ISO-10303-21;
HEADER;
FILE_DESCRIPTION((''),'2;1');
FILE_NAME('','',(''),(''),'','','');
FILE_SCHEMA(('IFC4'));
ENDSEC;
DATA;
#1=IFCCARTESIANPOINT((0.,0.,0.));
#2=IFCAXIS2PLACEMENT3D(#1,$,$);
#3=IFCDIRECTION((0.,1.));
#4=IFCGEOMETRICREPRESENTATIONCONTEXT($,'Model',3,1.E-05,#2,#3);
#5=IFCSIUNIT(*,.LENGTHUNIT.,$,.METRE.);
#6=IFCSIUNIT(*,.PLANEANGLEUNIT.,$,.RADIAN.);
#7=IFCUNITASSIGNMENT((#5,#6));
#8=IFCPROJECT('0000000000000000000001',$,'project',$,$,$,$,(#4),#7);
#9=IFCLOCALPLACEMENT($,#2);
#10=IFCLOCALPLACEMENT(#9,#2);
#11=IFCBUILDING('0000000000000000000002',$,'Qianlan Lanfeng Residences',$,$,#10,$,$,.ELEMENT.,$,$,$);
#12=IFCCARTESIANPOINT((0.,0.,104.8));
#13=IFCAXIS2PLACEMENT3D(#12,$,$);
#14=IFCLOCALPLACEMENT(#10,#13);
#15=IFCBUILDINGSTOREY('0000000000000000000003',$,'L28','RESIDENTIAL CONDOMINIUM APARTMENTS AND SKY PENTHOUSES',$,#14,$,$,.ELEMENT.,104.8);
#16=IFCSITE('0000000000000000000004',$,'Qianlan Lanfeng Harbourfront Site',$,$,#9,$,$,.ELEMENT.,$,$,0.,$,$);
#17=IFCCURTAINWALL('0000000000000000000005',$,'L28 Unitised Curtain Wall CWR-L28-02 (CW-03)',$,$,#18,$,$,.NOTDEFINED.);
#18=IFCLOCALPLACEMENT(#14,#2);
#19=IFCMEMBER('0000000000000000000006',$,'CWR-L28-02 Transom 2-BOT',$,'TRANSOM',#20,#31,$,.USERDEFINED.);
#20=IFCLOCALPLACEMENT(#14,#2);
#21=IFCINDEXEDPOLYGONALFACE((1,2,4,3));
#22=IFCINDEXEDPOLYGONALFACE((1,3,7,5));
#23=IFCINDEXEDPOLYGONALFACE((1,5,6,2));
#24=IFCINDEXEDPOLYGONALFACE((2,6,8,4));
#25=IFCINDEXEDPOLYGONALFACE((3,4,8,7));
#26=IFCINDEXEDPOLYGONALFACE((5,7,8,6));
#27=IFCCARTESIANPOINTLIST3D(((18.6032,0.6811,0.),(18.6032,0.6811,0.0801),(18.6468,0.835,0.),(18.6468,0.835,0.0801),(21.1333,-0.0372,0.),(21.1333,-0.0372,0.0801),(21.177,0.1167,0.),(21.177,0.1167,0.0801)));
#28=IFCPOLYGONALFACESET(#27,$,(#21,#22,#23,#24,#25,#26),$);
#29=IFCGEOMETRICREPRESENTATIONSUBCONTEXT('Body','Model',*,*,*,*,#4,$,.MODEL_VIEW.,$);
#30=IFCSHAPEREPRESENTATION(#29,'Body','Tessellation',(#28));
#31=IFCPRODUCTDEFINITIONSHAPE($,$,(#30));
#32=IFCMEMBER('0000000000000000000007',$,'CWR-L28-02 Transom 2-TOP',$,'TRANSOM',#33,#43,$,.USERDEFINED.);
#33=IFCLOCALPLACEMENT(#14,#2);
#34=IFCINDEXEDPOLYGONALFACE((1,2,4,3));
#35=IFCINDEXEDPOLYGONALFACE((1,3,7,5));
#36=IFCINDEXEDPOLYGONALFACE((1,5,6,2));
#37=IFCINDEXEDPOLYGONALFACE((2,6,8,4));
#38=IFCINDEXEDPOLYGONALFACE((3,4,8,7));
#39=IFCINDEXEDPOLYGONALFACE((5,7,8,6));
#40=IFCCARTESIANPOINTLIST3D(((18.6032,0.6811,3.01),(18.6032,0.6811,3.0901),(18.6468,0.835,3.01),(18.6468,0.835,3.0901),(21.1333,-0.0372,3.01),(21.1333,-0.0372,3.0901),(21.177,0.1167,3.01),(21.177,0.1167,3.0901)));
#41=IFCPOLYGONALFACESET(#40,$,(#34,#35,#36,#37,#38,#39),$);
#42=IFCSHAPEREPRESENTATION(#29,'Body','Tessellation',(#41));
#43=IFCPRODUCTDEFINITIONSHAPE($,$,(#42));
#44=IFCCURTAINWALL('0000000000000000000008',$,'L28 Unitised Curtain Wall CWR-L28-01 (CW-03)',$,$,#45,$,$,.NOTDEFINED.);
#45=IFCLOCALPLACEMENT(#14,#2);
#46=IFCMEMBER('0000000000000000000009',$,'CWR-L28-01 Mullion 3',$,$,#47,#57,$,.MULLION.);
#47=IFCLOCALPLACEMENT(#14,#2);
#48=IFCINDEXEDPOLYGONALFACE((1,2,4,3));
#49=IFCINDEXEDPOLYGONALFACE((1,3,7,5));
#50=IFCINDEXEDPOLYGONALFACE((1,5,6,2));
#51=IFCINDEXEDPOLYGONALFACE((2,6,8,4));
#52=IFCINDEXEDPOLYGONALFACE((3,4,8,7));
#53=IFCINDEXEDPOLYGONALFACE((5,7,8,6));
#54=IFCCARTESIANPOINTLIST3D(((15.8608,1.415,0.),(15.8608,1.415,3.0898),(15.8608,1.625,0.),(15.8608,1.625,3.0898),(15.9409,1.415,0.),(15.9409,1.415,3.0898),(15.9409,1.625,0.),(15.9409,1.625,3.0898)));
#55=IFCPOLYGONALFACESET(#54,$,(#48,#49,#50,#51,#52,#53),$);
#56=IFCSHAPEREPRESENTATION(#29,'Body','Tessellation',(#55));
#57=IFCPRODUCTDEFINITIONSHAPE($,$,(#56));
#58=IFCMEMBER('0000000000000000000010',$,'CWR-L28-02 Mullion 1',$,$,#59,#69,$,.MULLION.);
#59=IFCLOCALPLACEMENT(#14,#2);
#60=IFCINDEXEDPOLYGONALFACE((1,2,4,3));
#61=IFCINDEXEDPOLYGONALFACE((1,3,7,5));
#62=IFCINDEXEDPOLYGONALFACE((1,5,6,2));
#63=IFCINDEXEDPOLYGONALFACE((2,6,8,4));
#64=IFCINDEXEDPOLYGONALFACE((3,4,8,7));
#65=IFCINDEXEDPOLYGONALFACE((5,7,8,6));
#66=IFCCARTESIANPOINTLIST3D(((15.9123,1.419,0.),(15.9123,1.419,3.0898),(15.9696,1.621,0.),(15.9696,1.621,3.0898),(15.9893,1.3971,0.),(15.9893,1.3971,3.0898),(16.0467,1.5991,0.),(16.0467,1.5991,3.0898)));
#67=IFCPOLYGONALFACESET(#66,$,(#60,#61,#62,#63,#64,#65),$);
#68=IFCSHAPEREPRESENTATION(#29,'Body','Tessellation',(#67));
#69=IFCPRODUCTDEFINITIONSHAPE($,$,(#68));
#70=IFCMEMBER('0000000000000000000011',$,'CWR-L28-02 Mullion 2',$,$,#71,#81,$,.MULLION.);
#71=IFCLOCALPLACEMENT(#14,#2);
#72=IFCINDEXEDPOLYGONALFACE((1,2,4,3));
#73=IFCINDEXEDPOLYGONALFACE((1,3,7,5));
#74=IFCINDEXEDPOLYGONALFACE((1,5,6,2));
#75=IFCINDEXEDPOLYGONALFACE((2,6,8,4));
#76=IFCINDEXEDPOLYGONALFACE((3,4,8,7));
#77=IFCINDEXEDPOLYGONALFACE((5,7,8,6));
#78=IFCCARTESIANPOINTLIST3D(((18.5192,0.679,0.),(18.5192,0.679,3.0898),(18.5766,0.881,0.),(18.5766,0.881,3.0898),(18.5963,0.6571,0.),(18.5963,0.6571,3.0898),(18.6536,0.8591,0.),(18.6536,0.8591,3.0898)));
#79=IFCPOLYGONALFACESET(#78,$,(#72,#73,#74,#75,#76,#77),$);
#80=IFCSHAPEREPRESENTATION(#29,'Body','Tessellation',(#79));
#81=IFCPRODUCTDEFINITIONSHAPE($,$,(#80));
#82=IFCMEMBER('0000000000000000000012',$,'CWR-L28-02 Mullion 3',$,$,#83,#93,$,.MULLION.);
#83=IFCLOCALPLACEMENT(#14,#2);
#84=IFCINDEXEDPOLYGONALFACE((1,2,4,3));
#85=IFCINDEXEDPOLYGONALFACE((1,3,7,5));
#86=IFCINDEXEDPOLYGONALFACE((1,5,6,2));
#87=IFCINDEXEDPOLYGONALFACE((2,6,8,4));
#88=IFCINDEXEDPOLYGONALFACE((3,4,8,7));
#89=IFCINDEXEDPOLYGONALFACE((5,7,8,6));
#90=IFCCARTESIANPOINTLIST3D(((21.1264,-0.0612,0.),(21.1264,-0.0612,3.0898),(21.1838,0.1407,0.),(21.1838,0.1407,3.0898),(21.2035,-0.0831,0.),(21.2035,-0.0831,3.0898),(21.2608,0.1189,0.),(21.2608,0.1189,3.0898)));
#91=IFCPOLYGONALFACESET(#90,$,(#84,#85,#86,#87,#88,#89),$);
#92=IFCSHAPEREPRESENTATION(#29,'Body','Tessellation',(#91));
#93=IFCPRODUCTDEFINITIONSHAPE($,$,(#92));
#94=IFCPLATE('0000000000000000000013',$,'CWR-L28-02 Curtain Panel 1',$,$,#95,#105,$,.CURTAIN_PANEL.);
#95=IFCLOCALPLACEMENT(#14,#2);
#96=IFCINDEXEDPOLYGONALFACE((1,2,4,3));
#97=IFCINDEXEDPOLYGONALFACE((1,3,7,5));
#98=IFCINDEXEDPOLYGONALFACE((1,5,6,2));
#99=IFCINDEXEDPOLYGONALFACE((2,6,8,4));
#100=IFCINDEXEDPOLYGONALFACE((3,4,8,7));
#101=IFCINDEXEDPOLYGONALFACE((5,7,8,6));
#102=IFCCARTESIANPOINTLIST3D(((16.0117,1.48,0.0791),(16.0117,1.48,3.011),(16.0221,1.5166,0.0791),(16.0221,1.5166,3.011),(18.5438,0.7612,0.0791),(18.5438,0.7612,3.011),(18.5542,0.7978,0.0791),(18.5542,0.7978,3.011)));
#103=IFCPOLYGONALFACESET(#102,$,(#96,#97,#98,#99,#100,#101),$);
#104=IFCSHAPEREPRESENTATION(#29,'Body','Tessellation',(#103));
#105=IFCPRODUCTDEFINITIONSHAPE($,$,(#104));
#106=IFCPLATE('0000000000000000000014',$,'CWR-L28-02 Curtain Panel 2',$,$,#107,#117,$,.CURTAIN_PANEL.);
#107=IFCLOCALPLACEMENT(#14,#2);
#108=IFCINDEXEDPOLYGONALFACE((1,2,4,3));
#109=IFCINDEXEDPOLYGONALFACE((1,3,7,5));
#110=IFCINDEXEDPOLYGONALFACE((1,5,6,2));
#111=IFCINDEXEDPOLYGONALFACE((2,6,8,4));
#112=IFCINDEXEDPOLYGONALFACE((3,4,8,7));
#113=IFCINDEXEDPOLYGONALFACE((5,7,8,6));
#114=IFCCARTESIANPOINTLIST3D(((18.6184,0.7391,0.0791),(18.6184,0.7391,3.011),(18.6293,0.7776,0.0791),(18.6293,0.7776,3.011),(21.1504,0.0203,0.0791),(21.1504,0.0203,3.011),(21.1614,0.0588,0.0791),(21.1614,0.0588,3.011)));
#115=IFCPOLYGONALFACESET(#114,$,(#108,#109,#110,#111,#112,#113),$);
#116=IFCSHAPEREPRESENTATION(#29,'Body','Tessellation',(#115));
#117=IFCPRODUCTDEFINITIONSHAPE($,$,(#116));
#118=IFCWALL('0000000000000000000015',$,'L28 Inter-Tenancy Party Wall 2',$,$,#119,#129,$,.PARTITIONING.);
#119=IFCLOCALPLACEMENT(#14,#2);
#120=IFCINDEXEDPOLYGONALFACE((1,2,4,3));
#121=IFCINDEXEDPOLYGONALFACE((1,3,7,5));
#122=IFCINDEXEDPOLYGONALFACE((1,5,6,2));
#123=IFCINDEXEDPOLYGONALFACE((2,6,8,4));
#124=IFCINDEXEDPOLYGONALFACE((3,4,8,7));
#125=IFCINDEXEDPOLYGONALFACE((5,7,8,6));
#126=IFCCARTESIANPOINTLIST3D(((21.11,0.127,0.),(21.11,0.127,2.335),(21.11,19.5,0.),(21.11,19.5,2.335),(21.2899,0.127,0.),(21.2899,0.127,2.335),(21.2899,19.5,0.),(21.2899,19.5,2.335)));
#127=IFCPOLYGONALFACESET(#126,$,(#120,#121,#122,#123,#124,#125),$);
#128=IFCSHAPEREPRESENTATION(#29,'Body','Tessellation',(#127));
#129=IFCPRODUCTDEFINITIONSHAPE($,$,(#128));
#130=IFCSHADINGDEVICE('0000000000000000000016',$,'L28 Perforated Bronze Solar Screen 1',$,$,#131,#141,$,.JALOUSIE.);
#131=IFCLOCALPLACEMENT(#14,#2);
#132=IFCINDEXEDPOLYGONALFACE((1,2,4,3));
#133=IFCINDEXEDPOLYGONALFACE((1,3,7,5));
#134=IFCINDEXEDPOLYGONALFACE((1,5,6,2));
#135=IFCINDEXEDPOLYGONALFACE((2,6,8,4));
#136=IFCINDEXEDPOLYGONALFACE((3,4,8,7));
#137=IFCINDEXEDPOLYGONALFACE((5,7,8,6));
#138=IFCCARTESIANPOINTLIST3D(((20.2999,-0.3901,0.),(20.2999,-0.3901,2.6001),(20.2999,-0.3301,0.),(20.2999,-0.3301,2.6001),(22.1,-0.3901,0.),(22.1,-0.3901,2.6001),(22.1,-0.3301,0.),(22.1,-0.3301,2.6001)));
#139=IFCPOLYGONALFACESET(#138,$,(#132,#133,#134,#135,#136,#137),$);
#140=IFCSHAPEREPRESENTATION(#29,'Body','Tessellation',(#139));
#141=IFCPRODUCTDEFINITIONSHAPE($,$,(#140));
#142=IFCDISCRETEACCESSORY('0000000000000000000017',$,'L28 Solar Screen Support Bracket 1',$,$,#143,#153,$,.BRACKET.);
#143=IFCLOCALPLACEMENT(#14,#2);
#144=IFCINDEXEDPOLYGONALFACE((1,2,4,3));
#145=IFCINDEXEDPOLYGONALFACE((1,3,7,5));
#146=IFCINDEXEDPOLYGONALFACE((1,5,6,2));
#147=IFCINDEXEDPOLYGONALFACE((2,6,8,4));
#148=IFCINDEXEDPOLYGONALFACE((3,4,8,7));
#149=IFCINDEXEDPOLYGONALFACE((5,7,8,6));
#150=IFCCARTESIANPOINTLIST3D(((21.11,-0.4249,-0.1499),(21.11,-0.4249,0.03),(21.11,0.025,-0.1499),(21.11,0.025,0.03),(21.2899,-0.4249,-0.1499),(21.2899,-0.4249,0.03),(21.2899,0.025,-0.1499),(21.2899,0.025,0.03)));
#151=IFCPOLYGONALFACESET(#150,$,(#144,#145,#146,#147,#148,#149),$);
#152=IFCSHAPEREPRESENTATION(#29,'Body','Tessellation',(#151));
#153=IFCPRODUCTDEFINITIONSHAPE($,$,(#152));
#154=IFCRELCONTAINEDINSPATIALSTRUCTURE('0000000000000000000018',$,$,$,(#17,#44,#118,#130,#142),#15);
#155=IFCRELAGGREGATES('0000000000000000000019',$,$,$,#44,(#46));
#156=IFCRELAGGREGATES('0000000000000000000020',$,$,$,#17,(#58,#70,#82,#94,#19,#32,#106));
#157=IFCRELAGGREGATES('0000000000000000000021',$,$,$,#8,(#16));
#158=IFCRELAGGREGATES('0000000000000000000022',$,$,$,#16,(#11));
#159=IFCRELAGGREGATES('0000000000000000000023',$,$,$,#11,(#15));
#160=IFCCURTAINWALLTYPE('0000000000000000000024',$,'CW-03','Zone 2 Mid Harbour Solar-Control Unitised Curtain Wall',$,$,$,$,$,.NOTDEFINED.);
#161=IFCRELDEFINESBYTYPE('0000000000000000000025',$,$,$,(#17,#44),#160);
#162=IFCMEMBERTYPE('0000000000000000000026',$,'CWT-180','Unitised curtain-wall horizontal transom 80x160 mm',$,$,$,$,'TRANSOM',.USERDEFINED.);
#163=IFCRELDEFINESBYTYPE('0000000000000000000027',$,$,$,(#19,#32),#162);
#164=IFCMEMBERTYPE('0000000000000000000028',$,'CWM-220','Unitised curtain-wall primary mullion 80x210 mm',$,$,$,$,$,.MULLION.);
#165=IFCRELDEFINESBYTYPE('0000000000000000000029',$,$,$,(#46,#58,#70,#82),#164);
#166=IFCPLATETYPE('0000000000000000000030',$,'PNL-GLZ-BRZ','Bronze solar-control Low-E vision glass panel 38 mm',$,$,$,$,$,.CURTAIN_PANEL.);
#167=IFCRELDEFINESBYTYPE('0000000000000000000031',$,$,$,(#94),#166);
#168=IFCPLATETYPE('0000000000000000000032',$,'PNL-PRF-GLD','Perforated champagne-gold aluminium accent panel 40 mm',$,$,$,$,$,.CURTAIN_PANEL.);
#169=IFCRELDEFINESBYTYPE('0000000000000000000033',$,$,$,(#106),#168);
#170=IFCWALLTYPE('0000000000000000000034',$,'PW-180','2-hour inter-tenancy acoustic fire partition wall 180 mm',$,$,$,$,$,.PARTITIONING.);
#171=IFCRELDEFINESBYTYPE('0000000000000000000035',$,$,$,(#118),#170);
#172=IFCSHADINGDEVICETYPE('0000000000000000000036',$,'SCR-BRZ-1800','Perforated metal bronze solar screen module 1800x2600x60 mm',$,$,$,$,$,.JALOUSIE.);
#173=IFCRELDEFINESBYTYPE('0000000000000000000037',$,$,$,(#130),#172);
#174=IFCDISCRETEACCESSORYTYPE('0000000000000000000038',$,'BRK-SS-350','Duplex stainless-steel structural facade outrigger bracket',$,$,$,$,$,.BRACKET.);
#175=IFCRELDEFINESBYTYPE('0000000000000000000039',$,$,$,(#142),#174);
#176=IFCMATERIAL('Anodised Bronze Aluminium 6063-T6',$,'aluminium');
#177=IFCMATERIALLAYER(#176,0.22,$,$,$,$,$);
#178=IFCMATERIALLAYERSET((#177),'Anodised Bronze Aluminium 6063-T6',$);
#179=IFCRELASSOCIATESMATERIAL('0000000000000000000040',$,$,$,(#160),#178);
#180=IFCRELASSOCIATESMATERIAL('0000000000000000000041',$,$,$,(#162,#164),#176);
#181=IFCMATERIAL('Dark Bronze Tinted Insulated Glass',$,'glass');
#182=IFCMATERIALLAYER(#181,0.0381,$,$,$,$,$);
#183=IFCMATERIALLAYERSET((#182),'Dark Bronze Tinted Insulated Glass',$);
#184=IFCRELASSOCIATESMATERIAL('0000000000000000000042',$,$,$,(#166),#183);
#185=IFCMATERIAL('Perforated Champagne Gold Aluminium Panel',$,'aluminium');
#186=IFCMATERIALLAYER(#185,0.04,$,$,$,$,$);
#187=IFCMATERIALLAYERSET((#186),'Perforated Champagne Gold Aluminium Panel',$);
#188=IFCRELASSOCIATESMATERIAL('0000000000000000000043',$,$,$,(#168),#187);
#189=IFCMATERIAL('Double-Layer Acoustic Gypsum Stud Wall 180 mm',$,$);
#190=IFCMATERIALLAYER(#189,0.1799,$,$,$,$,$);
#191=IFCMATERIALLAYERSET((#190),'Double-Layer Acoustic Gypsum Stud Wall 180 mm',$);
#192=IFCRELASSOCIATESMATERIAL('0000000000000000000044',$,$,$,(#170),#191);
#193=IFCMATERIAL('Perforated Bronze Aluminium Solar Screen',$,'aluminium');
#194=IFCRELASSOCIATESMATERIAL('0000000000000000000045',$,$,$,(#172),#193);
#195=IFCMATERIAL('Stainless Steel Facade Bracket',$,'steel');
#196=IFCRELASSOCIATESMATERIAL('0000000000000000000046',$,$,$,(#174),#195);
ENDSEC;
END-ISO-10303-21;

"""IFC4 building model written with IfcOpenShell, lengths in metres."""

from ifc_helpers import new_model, si_unit, direction, frame, frame_2d, origin, origin_2d, place, context, subcontext, project, spatial, rectangle, extrude, source, transform, mapped, material, layer, layer_set, material_profile, profile_set, type_object, element, aggregate, save


model = new_model("IFC4")

# Units and contexts
model_context = context("Model", 3, precision=1e-05, world=origin(), true_north=direction((0.0, 1.0)))
body_context = subcontext(model_context, "Body", "Model", "MODEL_VIEW")
ifc_project = project(units=[si_unit("LENGTHUNIT", "METRE"), si_unit("PLANEANGLEUNIT", "RADIAN")], contexts=[model_context])

# Site, building, storey
site_placement = place(None, origin())
site = spatial("IfcSite", under=ifc_project, at=site_placement, Name="Qianlan Lanfeng Harbourfront Site", CompositionType="ELEMENT", RefElevation=0.0)
building_placement = place(site_placement, origin())
building = spatial("IfcBuilding", under=site, at=building_placement, Name="Qianlan Lanfeng Residences", CompositionType="ELEMENT")
storey_placement = place(building_placement, frame((0.0, 0.0, 104.8)))
storey = spatial("IfcBuildingStorey", under=building, at=storey_placement, Name="L28", Description="RESIDENTIAL CONDOMINIUM APARTMENTS AND SKY PENTHOUSES", CompositionType="ELEMENT", Elevation=104.8)

# Curtain wall, members
ifc_material_1 = material(Name="Anodised Bronze Aluminium 6063-T6", Category="aluminium")
ifc_layer_1 = layer(ifc_material_1, 0.22)
ifc_layer_set_1 = layer_set([ifc_layer_1], Name="Anodised Bronze Aluminium 6063-T6")
curtain_wall_type = type_object("IfcCurtainWallType", Name="CW-03", Description="Zone 2 Mid Harbour Solar-Control Unitised Curtain Wall", PredefinedType="NOTDEFINED", material=ifc_layer_set_1)
curtain_wall_1_placement = place(storey_placement, origin())
curtain_wall_1 = element("IfcCurtainWall", 1, at=curtain_wall_1_placement, inside=storey, type_object=curtain_wall_type, Name="L28 Unitised Curtain Wall CWR-L28-02 (CW-03)", PredefinedType="NOTDEFINED")
ifc_material_profile_1 = material_profile(ifc_material_1, rectangle(XDim=0.0801, YDim=0.1599, at=origin_2d()), Name="ALU TRANSOM 80x160")
ifc_profile_set_1 = profile_set([ifc_material_profile_1], Name="Anodised Bronze Aluminium 6063-T6")
member_type_1 = type_object("IfcMemberType", Name="CWT-180", Description="Unitised curtain-wall horizontal transom 80x160 mm", ElementType="TRANSOM", PredefinedType="USERDEFINED", material=ifc_profile_set_1)
shared_shape_1 = source(origin(), body_context, "Body", "SweptSolid", [
    extrude(rectangle(XDim=0.0801, YDim=0.1599, at=origin_2d()), origin(), (0.0, 0.0, 1.0), 2.6301),
])
member_1_placement = place(storey_placement, frame((18.625, 0.7581, 0.04), z_axis=(0.961985, -0.273102, 0.0), x_axis=(0.0, 0.0, 1.0)))
member_1 = element("IfcMember", 2, at=member_1_placement, type_object=member_type_1, Name="CWR-L28-02 Transom 2-BOT", ObjectType="TRANSOM", PredefinedType="USERDEFINED", context=body_context, shape_type="MappedRepresentation", body=[
    mapped(shared_shape_1, transform((0.0, 0.0, 0.0), scale=1.0)),
])
member_2_placement = place(storey_placement, frame((18.625, 0.7581, 3.05), z_axis=(0.961985, -0.273102, 0.0), x_axis=(0.0, 0.0, 1.0)))
member_2 = element("IfcMember", 3, at=member_2_placement, type_object=member_type_1, Name="CWR-L28-02 Transom 2-TOP", ObjectType="TRANSOM", PredefinedType="USERDEFINED", context=body_context, shape_type="MappedRepresentation", body=[
    mapped(shared_shape_1, transform((0.0, 0.0, 0.0), scale=1.0)),
])

# Curtain wall, member
curtain_wall_2_placement = place(storey_placement, origin())
curtain_wall_2 = element("IfcCurtainWall", 4, at=curtain_wall_2_placement, inside=storey, type_object=curtain_wall_type, Name="L28 Unitised Curtain Wall CWR-L28-01 (CW-03)", PredefinedType="NOTDEFINED")
ifc_material_profile_2 = material_profile(ifc_material_1, rectangle(XDim=0.0801, YDim=0.21, at=origin_2d()), Name="ALU MULLION 80x210")
ifc_profile_set_2 = profile_set([ifc_material_profile_2], Name="Anodised Bronze Aluminium 6063-T6")
member_type_2 = type_object("IfcMemberType", Name="CWM-220", Description="Unitised curtain-wall primary mullion 80x210 mm", PredefinedType="MULLION", material=ifc_profile_set_2)
shared_shape_2 = source(origin(), body_context, "Body", "SweptSolid", [
    extrude(rectangle(XDim=0.0801, YDim=0.21, at=origin_2d()), origin(), (0.0, 0.0, 1.0), 3.0898),
])
member_3_placement = place(storey_placement, frame((15.9009, 1.52, 0.0), z_axis=(0.0, 0.0, 1.0), x_axis=(1.0, 0.0, 0.0)))
member_3 = element("IfcMember", 5, at=member_3_placement, type_object=member_type_2, Name="CWR-L28-01 Mullion 3", PredefinedType="MULLION", context=body_context, shape_type="MappedRepresentation", body=[
    mapped(shared_shape_2, transform((0.0, 0.0, 0.0), scale=1.0)),
])
aggregate(curtain_wall_2, [member_3])

# Members
member_4_placement = place(storey_placement, frame((15.9795, 1.509, 0.0), z_axis=(0.0, 0.0, 1.0), x_axis=(0.961989, -0.273088, 0.0)))
member_4 = element("IfcMember", 6, at=member_4_placement, type_object=member_type_2, Name="CWR-L28-02 Mullion 1", PredefinedType="MULLION", context=body_context, shape_type="MappedRepresentation", body=[
    mapped(shared_shape_2, transform((0.0, 0.0, 0.0), scale=1.0)),
])
member_5_placement = place(storey_placement, frame((18.5864, 0.769, 0.0), z_axis=(0.0, 0.0, 1.0), x_axis=(0.961989, -0.273088, 0.0)))
member_5 = element("IfcMember", 7, at=member_5_placement, type_object=member_type_2, Name="CWR-L28-02 Mullion 2", PredefinedType="MULLION", context=body_context, shape_type="MappedRepresentation", body=[
    mapped(shared_shape_2, transform((0.0, 0.0, 0.0), scale=1.0)),
])
member_6_placement = place(storey_placement, frame((21.1936, 0.0288, 0.0), z_axis=(0.0, 0.0, 1.0), x_axis=(0.961989, -0.273088, 0.0)))
member_6 = element("IfcMember", 8, at=member_6_placement, type_object=member_type_2, Name="CWR-L28-02 Mullion 3", PredefinedType="MULLION", context=body_context, shape_type="MappedRepresentation", body=[
    mapped(shared_shape_2, transform((0.0, 0.0, 0.0), scale=1.0)),
])

# Plates
ifc_material_2 = material(Name="Dark Bronze Tinted Insulated Glass", Category="glass")
ifc_layer_2 = layer(ifc_material_2, 0.0381)
ifc_layer_set_2 = layer_set([ifc_layer_2], Name="Dark Bronze Tinted Insulated Glass")
plate_type_1 = type_object("IfcPlateType", Name="PNL-GLZ-BRZ", Description="Bronze solar-control Low-E vision glass panel 38 mm", PredefinedType="CURTAIN_PANEL", material=ifc_layer_set_2)
shared_shape_3 = source(origin(), body_context, "Body", "SweptSolid", [
    extrude(rectangle(XDim=2.6321, YDim=0.0381, at=origin_2d()), origin(), (0.0, 0.0, 1.0), 2.9319),
])
plate_1_placement = place(storey_placement, frame((17.283, 1.1389, 0.0791), z_axis=(0.0, 0.0, 1.0), x_axis=(0.961989, -0.273088, 0.0)))
plate_1 = element("IfcPlate", 9, at=plate_1_placement, type_object=plate_type_1, Name="CWR-L28-02 Curtain Panel 1", PredefinedType="CURTAIN_PANEL", context=body_context, shape_type="MappedRepresentation", body=[
    mapped(shared_shape_3, transform((0.0, 0.0, 0.0), scale=1.0)),
])
ifc_material_3 = material(Name="Perforated Champagne Gold Aluminium Panel", Category="aluminium")
ifc_layer_3 = layer(ifc_material_3, 0.04)
ifc_layer_set_3 = layer_set([ifc_layer_3], Name="Perforated Champagne Gold Aluminium Panel")
plate_type_2 = type_object("IfcPlateType", Name="PNL-PRF-GLD", Description="Perforated champagne-gold aluminium accent panel 40 mm", PredefinedType="CURTAIN_PANEL", material=ifc_layer_set_3)
shared_shape_4 = source(origin(), body_context, "Body", "SweptSolid", [
    extrude(rectangle(XDim=2.6321, YDim=0.04, at=origin_2d()), origin(), (0.0, 0.0, 1.0), 2.9319),
])
plate_2_placement = place(storey_placement, frame((19.8899, 0.3989, 0.0791), z_axis=(0.0, 0.0, 1.0), x_axis=(0.961989, -0.273088, 0.0)))
plate_2 = element("IfcPlate", 10, at=plate_2_placement, type_object=plate_type_2, Name="CWR-L28-02 Curtain Panel 2", PredefinedType="CURTAIN_PANEL", context=body_context, shape_type="MappedRepresentation", body=[
    mapped(shared_shape_4, transform((0.0, 0.0, 0.0), scale=1.0)),
])
aggregate(curtain_wall_1, [member_4, member_5, member_6, plate_1, member_1, member_2, plate_2])

# Wall
ifc_material_4 = material(Name="Double-Layer Acoustic Gypsum Stud Wall 180 mm")
ifc_layer_4 = layer(ifc_material_4, 0.1799)
ifc_layer_set_4 = layer_set([ifc_layer_4], Name="Double-Layer Acoustic Gypsum Stud Wall 180 mm")
wall_type = type_object("IfcWallType", Name="PW-180", Description="2-hour inter-tenancy acoustic fire partition wall 180 mm", PredefinedType="PARTITIONING", material=ifc_layer_set_4)
wall_placement = place(storey_placement, frame((21.2, 0.127, 0.0), z_axis=(0.0, 0.0, 1.0), x_axis=(0.0, 1.0, 0.0)))
element("IfcWall", 11, at=wall_placement, inside=storey, type_object=wall_type, Name="L28 Inter-Tenancy Party Wall 2", PredefinedType="PARTITIONING", context=body_context, shape_type="SweptSolid", body=[
    extrude(rectangle(XDim=19.373, YDim=0.1799, at=frame_2d((9.6865, 0.0))), origin(), (0.0, 0.0, 1.0), 2.335),
])

# Shading device
ifc_material_5 = material(Name="Perforated Bronze Aluminium Solar Screen", Category="aluminium")
shading_device_type = type_object("IfcShadingDeviceType", Name="SCR-BRZ-1800", Description="Perforated metal bronze solar screen module 1800x2600x60 mm", PredefinedType="JALOUSIE", material=ifc_material_5)
shared_shape_5 = source(origin(), body_context, "Body", "SweptSolid", [
    extrude(rectangle(XDim=1.8, YDim=0.0601, at=origin_2d()), origin(), (0.0, 0.0, 1.0), 2.6001),
])
shading_device_placement = place(storey_placement, frame((21.2, -0.3601, 0.0), z_axis=(0.0, 0.0, 1.0), x_axis=(1.0, 0.0, 0.0)))
element("IfcShadingDevice", 12, at=shading_device_placement, inside=storey, type_object=shading_device_type, Name="L28 Perforated Bronze Solar Screen 1", PredefinedType="JALOUSIE", context=body_context, shape_type="MappedRepresentation", body=[
    mapped(shared_shape_5, transform((0.0, 0.0, 0.0), scale=1.0)),
])

# Discrete accessory
ifc_material_6 = material(Name="Stainless Steel Facade Bracket", Category="steel")
discrete_accessory_type = type_object("IfcDiscreteAccessoryType", Name="BRK-SS-350", Description="Duplex stainless-steel structural facade outrigger bracket", PredefinedType="BRACKET", material=ifc_material_6)
shared_shape_6 = source(origin(), body_context, "Body", "SweptSolid", [
    extrude(rectangle(XDim=0.1799, YDim=0.45, at=origin_2d()), origin(), (0.0, 0.0, 1.0), 0.1799),
])
discrete_accessory_placement = place(storey_placement, frame((21.2, -0.2, -0.1499), z_axis=(0.0, 0.0, 1.0), x_axis=(1.0, 0.0, 0.0)))
element("IfcDiscreteAccessory", 13, at=discrete_accessory_placement, inside=storey, type_object=discrete_accessory_type, Name="L28 Solar Screen Support Bracket 1", PredefinedType="BRACKET", context=body_context, shape_type="MappedRepresentation", body=[
    mapped(shared_shape_6, transform((0.0, 0.0, 0.0), scale=1.0)),
])

save(model, "model.ifc")
